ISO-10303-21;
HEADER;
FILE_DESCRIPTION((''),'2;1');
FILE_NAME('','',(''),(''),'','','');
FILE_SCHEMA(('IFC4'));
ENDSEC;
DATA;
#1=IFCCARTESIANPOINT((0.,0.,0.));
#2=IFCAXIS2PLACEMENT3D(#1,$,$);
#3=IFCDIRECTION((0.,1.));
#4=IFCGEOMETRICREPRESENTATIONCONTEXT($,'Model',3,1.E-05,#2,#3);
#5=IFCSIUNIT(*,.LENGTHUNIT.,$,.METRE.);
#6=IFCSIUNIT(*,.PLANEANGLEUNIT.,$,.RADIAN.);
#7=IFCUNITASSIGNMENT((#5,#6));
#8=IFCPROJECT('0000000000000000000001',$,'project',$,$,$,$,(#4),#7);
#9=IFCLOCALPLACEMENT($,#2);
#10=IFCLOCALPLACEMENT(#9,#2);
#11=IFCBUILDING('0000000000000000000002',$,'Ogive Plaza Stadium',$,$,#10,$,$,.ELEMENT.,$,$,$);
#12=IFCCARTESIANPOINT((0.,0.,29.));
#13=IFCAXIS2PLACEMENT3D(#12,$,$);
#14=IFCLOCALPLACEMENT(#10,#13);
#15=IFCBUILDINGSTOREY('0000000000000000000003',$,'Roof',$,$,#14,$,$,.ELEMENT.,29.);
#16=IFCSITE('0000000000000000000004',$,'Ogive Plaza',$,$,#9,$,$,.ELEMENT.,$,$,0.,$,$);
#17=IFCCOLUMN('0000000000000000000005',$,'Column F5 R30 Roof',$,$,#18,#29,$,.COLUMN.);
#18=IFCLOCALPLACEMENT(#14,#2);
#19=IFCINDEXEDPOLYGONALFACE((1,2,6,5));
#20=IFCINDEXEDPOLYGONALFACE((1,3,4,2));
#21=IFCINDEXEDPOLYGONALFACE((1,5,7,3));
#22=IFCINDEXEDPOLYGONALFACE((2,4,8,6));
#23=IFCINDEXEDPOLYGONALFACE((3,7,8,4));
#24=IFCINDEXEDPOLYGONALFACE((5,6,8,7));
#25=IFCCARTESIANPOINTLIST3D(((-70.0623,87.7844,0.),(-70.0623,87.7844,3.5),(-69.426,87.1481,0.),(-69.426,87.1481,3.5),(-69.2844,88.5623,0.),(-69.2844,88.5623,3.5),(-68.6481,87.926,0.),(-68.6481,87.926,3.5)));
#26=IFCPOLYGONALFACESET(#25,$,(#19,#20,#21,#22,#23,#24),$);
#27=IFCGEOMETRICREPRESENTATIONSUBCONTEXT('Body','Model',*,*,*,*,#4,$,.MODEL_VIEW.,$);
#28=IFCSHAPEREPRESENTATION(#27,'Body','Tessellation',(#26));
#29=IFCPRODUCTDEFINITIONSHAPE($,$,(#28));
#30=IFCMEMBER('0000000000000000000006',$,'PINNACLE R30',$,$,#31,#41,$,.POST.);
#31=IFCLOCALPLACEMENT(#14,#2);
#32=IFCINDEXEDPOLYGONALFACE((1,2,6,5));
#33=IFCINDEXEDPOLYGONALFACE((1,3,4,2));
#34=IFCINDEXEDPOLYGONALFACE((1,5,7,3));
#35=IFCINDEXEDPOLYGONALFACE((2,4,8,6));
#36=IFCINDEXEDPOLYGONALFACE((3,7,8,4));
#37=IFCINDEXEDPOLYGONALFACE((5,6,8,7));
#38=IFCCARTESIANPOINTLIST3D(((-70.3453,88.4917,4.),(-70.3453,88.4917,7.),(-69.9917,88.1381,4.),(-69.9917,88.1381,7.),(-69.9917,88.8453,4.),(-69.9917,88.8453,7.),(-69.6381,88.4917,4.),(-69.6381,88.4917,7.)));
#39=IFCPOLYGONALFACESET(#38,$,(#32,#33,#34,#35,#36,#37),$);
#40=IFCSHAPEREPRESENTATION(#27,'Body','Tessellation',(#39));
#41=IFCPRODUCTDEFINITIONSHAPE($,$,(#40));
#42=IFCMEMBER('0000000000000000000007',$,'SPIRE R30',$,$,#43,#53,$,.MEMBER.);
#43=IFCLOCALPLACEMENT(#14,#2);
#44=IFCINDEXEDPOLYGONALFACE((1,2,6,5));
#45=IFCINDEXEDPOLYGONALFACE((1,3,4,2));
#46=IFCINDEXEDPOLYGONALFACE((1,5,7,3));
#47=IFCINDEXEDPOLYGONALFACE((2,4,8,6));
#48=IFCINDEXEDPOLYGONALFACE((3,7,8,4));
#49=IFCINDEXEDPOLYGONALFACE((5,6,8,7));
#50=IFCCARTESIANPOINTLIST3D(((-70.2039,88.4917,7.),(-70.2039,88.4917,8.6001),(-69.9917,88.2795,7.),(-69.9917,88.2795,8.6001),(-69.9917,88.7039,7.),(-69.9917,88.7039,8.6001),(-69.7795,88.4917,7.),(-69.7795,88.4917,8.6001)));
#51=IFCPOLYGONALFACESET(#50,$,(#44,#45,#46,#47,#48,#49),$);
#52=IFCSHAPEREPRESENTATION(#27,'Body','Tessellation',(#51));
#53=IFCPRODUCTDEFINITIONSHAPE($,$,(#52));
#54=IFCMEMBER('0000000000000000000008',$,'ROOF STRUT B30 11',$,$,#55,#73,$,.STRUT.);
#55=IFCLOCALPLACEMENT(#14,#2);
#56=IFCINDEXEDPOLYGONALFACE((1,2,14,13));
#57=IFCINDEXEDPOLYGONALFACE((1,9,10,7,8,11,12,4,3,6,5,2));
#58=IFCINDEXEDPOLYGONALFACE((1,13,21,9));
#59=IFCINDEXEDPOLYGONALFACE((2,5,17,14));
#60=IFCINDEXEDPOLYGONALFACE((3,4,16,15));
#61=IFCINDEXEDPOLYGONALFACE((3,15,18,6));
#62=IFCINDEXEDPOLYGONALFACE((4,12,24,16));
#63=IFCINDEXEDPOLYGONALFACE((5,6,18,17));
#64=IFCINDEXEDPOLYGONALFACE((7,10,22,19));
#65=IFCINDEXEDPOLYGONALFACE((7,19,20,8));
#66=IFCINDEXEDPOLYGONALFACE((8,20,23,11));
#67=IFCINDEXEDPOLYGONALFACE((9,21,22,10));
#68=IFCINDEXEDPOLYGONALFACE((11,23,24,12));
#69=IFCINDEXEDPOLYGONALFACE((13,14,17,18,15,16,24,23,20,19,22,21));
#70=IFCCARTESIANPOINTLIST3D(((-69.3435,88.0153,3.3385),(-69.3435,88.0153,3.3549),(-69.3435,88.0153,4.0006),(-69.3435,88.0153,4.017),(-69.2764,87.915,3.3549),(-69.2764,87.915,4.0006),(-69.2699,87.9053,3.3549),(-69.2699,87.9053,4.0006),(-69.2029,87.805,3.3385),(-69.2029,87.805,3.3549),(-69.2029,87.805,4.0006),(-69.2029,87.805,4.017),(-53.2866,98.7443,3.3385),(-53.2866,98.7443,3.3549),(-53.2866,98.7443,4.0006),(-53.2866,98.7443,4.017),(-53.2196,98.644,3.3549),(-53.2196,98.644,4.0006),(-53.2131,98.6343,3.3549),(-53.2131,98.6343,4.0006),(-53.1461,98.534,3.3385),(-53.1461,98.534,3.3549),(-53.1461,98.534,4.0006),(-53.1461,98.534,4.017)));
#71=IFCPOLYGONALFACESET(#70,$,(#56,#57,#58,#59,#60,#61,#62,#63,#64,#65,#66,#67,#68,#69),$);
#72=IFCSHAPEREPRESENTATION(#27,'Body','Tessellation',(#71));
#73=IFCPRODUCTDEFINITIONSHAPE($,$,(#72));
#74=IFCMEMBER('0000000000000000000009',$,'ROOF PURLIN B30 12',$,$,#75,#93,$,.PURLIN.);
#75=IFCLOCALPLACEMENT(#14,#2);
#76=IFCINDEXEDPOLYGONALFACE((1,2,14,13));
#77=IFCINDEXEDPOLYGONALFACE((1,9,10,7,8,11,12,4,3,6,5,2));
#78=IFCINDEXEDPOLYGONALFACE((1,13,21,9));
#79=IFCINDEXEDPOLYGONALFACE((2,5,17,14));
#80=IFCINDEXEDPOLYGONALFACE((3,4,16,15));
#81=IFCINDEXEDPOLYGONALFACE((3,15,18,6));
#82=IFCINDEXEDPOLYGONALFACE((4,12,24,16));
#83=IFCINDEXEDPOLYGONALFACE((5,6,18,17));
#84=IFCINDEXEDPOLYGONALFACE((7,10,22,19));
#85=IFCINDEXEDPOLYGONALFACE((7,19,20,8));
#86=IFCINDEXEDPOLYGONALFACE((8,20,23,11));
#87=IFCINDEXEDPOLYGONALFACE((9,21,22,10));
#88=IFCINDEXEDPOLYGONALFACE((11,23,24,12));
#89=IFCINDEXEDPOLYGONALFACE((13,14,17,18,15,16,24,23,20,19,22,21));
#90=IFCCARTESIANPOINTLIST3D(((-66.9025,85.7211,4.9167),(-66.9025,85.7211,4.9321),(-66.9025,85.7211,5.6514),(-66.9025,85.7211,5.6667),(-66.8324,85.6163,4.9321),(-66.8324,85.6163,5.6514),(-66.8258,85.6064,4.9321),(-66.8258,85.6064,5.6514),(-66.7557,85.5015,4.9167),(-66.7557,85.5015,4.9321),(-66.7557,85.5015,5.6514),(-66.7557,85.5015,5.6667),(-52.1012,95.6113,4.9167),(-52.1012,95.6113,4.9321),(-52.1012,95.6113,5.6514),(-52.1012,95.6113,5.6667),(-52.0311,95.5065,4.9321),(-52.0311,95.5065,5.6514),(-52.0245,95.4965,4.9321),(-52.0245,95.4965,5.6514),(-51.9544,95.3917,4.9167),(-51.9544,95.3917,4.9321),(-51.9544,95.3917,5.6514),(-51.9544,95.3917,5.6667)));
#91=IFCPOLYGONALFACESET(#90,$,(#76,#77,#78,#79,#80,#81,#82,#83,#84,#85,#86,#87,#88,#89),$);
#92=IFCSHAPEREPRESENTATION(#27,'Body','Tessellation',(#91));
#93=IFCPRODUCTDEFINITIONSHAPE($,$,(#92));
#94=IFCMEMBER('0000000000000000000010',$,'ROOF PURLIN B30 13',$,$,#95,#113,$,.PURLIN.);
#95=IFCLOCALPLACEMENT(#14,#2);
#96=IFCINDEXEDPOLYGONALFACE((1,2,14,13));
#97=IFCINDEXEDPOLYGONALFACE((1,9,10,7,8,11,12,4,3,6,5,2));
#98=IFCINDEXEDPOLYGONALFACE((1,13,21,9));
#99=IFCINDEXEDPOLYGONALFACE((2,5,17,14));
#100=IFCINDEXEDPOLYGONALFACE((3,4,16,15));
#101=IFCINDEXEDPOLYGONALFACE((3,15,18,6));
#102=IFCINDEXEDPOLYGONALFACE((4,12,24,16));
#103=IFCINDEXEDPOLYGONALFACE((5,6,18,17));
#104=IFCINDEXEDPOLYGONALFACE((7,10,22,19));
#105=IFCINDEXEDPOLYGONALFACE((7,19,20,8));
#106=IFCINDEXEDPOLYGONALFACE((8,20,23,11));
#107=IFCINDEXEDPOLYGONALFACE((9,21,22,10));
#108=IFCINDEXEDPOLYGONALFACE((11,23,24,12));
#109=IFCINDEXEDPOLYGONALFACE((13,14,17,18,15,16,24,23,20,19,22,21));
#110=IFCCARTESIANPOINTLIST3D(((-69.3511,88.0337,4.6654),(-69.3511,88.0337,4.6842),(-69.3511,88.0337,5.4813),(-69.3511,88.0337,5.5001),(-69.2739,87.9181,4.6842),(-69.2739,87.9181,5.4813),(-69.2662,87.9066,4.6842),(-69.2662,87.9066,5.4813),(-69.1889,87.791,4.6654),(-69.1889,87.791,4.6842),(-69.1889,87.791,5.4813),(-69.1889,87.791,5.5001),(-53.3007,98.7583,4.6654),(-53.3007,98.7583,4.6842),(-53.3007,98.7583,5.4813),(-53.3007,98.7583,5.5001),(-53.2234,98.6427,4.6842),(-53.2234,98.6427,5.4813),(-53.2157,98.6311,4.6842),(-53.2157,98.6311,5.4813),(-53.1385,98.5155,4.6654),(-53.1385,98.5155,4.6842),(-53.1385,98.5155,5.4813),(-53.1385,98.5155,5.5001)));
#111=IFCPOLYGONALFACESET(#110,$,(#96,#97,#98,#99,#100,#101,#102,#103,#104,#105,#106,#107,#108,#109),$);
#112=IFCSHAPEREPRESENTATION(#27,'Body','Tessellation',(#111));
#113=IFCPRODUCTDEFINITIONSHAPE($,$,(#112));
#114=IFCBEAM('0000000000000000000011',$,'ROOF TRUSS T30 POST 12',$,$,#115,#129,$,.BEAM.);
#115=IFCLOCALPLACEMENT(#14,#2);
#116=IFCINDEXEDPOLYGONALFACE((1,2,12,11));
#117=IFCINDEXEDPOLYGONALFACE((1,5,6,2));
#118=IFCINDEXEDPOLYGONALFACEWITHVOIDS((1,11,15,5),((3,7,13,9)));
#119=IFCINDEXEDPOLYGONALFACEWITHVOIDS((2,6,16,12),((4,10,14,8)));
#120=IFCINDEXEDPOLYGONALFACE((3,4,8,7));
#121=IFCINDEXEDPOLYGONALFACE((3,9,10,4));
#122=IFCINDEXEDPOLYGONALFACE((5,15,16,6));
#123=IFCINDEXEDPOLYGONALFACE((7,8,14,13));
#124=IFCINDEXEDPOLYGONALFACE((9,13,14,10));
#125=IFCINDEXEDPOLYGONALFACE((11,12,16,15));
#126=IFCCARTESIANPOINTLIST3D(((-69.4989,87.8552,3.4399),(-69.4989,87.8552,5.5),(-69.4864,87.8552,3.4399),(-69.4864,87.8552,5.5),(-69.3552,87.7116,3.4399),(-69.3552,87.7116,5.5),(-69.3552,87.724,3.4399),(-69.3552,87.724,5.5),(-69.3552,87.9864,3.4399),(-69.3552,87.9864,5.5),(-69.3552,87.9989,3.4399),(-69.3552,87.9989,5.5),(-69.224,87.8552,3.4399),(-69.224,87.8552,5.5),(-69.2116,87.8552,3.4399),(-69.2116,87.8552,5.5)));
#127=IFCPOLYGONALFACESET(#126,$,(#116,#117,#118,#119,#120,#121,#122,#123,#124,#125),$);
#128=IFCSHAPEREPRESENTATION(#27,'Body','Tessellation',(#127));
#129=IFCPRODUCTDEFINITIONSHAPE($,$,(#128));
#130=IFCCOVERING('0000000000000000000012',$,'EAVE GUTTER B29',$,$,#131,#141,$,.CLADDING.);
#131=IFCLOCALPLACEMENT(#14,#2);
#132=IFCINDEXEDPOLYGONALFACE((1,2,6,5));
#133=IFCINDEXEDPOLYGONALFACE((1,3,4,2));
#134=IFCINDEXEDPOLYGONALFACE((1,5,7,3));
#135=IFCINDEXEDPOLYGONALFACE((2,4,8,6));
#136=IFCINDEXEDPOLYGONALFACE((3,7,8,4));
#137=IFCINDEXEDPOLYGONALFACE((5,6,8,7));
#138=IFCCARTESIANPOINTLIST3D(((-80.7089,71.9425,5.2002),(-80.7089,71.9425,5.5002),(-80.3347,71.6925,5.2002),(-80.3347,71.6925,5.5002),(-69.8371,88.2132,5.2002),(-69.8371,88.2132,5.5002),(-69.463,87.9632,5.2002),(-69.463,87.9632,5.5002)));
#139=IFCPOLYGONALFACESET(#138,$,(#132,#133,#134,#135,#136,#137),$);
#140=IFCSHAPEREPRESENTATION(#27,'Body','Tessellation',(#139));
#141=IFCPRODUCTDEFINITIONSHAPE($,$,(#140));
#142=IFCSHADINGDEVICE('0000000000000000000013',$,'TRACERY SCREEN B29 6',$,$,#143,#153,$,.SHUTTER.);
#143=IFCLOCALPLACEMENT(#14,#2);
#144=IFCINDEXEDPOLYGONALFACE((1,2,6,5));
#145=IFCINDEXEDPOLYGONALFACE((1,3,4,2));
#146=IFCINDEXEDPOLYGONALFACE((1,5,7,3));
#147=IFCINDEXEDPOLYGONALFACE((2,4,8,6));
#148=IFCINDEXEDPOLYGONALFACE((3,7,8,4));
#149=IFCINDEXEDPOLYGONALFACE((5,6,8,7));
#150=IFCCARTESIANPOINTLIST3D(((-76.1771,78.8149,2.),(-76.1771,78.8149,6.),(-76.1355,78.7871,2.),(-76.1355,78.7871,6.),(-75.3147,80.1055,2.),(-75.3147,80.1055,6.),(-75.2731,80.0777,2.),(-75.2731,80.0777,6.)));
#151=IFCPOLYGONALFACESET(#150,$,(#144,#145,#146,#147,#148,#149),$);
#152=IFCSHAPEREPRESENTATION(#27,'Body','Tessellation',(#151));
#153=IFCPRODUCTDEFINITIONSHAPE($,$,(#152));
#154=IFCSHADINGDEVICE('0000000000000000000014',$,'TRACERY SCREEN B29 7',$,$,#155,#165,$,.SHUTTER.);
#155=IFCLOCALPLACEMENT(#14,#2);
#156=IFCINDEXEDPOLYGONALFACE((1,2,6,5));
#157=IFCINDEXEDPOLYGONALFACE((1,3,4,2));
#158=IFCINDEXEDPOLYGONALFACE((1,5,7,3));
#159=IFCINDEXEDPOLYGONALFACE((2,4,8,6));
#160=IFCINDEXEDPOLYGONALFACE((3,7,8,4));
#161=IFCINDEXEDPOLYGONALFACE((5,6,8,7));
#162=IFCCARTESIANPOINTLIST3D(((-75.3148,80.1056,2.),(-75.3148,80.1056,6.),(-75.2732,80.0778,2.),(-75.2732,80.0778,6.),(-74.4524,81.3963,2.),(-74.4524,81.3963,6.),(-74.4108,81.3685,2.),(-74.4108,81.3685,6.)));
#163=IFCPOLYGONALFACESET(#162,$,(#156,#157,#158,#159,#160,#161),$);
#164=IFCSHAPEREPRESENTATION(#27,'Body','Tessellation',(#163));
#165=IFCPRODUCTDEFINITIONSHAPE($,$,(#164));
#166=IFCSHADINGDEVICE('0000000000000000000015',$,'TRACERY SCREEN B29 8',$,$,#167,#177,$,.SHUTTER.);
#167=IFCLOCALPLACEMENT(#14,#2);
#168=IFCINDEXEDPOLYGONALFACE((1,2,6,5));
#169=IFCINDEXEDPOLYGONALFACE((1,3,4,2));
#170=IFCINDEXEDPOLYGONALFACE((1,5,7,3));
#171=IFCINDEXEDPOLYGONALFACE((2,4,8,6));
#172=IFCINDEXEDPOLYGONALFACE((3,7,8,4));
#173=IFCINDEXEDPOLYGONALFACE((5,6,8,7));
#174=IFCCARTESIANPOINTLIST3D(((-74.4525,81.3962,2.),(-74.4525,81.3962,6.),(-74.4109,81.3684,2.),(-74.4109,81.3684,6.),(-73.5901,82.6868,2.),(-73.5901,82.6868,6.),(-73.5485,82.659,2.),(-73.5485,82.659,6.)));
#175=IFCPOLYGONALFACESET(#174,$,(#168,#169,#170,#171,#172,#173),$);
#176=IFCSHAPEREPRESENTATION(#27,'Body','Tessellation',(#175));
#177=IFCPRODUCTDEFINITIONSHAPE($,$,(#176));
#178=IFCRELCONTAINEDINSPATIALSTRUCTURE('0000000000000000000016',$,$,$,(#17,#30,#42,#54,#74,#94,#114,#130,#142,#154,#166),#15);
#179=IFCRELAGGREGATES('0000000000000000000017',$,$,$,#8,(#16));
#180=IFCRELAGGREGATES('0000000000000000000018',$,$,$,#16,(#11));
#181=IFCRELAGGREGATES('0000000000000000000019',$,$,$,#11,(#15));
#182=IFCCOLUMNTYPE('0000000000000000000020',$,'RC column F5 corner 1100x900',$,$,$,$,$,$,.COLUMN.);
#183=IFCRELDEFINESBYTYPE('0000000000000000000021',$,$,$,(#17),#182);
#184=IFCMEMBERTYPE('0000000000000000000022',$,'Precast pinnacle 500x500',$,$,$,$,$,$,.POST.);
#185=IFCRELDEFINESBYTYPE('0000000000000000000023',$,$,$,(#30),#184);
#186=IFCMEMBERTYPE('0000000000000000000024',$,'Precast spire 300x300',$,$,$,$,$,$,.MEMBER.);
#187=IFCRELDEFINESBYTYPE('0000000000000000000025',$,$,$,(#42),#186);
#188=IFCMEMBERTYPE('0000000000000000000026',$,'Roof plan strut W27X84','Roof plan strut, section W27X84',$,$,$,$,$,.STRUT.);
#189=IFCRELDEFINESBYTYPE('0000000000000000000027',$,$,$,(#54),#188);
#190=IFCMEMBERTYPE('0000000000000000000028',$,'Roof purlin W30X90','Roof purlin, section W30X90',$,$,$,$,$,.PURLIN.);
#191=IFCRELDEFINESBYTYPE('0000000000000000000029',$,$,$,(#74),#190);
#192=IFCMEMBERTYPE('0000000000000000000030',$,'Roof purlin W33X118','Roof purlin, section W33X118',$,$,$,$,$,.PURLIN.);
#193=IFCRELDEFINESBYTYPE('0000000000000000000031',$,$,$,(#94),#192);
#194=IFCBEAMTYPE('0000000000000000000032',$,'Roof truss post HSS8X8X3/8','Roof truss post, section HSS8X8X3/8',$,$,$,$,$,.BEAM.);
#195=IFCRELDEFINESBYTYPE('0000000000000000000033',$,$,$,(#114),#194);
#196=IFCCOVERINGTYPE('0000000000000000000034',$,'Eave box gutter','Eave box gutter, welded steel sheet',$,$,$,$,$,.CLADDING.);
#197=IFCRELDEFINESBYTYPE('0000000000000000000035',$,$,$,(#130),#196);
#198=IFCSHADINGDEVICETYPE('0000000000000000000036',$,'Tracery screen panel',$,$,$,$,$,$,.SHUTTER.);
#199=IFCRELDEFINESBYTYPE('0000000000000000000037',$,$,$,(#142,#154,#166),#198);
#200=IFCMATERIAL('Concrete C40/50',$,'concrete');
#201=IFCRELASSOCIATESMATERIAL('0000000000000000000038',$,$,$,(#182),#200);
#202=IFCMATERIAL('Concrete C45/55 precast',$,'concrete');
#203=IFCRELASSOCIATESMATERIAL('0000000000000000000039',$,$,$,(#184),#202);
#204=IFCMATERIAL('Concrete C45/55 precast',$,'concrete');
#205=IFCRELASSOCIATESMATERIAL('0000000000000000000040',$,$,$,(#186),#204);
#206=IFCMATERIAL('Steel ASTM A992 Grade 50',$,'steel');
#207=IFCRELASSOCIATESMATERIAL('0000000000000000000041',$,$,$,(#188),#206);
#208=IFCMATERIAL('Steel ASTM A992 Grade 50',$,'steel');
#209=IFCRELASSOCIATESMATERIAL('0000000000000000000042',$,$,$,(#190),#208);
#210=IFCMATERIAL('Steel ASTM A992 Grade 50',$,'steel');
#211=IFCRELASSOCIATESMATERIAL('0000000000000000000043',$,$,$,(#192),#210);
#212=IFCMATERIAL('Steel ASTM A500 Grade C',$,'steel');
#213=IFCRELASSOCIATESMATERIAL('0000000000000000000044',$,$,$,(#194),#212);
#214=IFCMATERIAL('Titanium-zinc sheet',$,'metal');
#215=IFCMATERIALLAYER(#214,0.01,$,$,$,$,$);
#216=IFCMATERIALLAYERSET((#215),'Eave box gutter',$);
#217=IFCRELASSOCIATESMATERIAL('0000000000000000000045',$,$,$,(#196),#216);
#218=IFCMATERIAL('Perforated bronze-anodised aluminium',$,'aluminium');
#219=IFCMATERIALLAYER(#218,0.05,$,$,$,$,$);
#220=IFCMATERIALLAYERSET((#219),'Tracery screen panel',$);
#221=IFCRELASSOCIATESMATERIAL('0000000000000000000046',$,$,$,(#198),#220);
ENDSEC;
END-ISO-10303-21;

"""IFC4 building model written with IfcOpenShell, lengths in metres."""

from ifc_helpers import new_model, si_unit, direction, frame, origin, origin_2d, place, context, subcontext, project, spatial, rectangle, hollow_rectangle, i_section, extrude, material, layer, layer_set, material_profile, profile_set, type_object, element, save


model = new_model("IFC4")

# Units and contexts
model_context = context("Model", 3, precision=1e-05, world=origin(), true_north=direction((0.0, 1.0)))
body_context = subcontext(model_context, "Body", "Model", "MODEL_VIEW")
ifc_project = project(units=[si_unit("LENGTHUNIT", "METRE"), si_unit("PLANEANGLEUNIT", "RADIAN")], contexts=[model_context])

# Site, building, storey
site_placement = place(None, origin())
site = spatial("IfcSite", under=ifc_project, at=site_placement, Name="Ogive Plaza", CompositionType="ELEMENT", RefElevation=0.0)
building_placement = place(site_placement, origin())
building = spatial("IfcBuilding", under=site, at=building_placement, Name="Ogive Plaza Stadium", CompositionType="ELEMENT")
storey_placement = place(building_placement, frame((0.0, 0.0, 29.0)))
storey = spatial("IfcBuildingStorey", under=building, at=storey_placement, Name="Roof", CompositionType="ELEMENT", Elevation=29.0)

# Column
ifc_material_1 = material(Name="Concrete C40/50", Category="concrete")
ifc_material_profile_1 = material_profile(ifc_material_1, rectangle(XDim=1.1001, YDim=0.8999, at=origin_2d()), Name="RC 1100x900")
ifc_profile_set_1 = profile_set([ifc_material_profile_1], Name="Concrete C40/50")
column_type = type_object("IfcColumnType", Name="RC column F5 corner 1100x900", PredefinedType="COLUMN", material=ifc_profile_set_1)
column_placement = place(storey_placement, frame((-69.3552, 87.8552, 0.0), z_axis=(0.0, 0.0, 1.0), x_axis=(-0.707107, -0.707107, 0.0)))
element("IfcColumn", 1, at=column_placement, inside=storey, type_object=column_type, Name="Column F5 R30 Roof", PredefinedType="COLUMN", context=body_context, shape_type="SweptSolid", body=[
    extrude(rectangle(XDim=1.1001, YDim=0.8999, at=origin_2d()), origin(), (0.0, 0.0, 1.0), 3.5),
])

# Members
ifc_material_2 = material(Name="Concrete C45/55 precast", Category="concrete")
ifc_material_profile_2 = material_profile(ifc_material_2, rectangle(XDim=0.5, YDim=0.5, at=origin_2d()), Name="RC 500x500")
ifc_profile_set_2 = profile_set([ifc_material_profile_2], Name="Concrete C45/55 precast")
member_type_1 = type_object("IfcMemberType", Name="Precast pinnacle 500x500", PredefinedType="POST", material=ifc_profile_set_2)
member_1_placement = place(storey_placement, frame((-69.9917, 88.4917, 4.0), z_axis=(0.0, 0.0, 1.0), x_axis=(-0.707107, -0.707107, 0.0)))
element("IfcMember", 2, at=member_1_placement, inside=storey, type_object=member_type_1, Name="PINNACLE R30", PredefinedType="POST", context=body_context, shape_type="SweptSolid", body=[
    extrude(rectangle(XDim=0.5, YDim=0.5, at=origin_2d()), origin(), (0.0, 0.0, 1.0), 3.0),
])
ifc_material_3 = material(Name="Concrete C45/55 precast", Category="concrete")
ifc_material_profile_3 = material_profile(ifc_material_3, rectangle(XDim=0.3, YDim=0.3, at=origin_2d()), Name="RC 300x300")
ifc_profile_set_3 = profile_set([ifc_material_profile_3], Name="Concrete C45/55 precast")
member_type_2 = type_object("IfcMemberType", Name="Precast spire 300x300", PredefinedType="MEMBER", material=ifc_profile_set_3)
member_2_placement = place(storey_placement, frame((-69.9917, 88.4917, 7.0), z_axis=(0.0, 0.0, 1.0), x_axis=(-0.707107, -0.707107, 0.0)))
element("IfcMember", 3, at=member_2_placement, inside=storey, type_object=member_type_2, Name="SPIRE R30", PredefinedType="MEMBER", context=body_context, shape_type="SweptSolid", body=[
    extrude(rectangle(XDim=0.3, YDim=0.3, at=origin_2d()), origin(), (0.0, 0.0, 1.0), 1.6001),
])
ifc_material_4 = material(Name="Steel ASTM A992 Grade 50", Category="steel")
ifc_material_profile_4 = material_profile(ifc_material_4, i_section(OverallWidth=0.2529, OverallDepth=0.6785, WebThickness=0.0117, FlangeThickness=0.0164, at=origin_2d()), Name="W27X84")
ifc_profile_set_4 = profile_set([ifc_material_profile_4], Name="Steel ASTM A992 Grade 50")
member_type_3 = type_object("IfcMemberType", Name="Roof plan strut W27X84", Description="Roof plan strut, section W27X84", PredefinedType="STRUT", material=ifc_profile_set_4)
member_3_placement = place(storey_placement, frame((-69.2732, 87.9102, 3.6777), z_axis=(0.831466, 0.555575, 0.0), x_axis=(-0.555575, 0.831466, 0.0)))
element("IfcMember", 4, at=member_3_placement, inside=storey, type_object=member_type_3, Name="ROOF STRUT B30 11", PredefinedType="STRUT", context=body_context, shape_type="SweptSolid", body=[
    extrude(i_section(OverallWidth=0.2529, OverallDepth=0.6785, WebThickness=0.0117, FlangeThickness=0.0164, at=origin_2d()), origin(), (0.0, 0.0, 1.0), 19.3115),
])
ifc_material_5 = material(Name="Steel ASTM A992 Grade 50", Category="steel")
ifc_material_profile_5 = material_profile(ifc_material_5, i_section(OverallWidth=0.2642, OverallDepth=0.75, WebThickness=0.012, FlangeThickness=0.0154, at=origin_2d()), Name="W30X90")
ifc_profile_set_5 = profile_set([ifc_material_profile_5], Name="Steel ASTM A992 Grade 50")
member_type_4 = type_object("IfcMemberType", Name="Roof purlin W30X90", Description="Roof purlin, section W30X90", PredefinedType="PURLIN", material=ifc_profile_set_5)
member_4_placement = place(storey_placement, frame((-66.8291, 85.6113, 5.2917), z_axis=(0.831463, 0.55558, 0.0), x_axis=(-0.55558, 0.831463, 0.0)))
element("IfcMember", 5, at=member_4_placement, inside=storey, type_object=member_type_4, Name="ROOF PURLIN B30 12", PredefinedType="PURLIN", context=body_context, shape_type="SweptSolid", body=[
    extrude(i_section(OverallWidth=0.2642, OverallDepth=0.75, WebThickness=0.012, FlangeThickness=0.0154, at=origin_2d()), origin(), (0.0, 0.0, 1.0), 17.8015),
])
ifc_material_6 = material(Name="Steel ASTM A992 Grade 50", Category="steel")
ifc_material_profile_6 = material_profile(ifc_material_6, i_section(OverallWidth=0.292, OverallDepth=0.8347, WebThickness=0.0139, FlangeThickness=0.0188, at=origin_2d()), Name="W33X118")
ifc_profile_set_6 = profile_set([ifc_material_profile_6], Name="Steel ASTM A992 Grade 50")
member_type_5 = type_object("IfcMemberType", Name="Roof purlin W33X118", Description="Roof purlin, section W33X118", PredefinedType="PURLIN", material=ifc_profile_set_6)
member_5_placement = place(storey_placement, frame((-69.27, 87.9124, 5.0828), z_axis=(0.83147, 0.55557, 0.0), x_axis=(-0.55557, 0.83147, 0.0)))
element("IfcMember", 6, at=member_5_placement, inside=storey, type_object=member_type_5, Name="ROOF PURLIN B30 13", PredefinedType="PURLIN", context=body_context, shape_type="SweptSolid", body=[
    extrude(i_section(OverallWidth=0.292, OverallDepth=0.8347, WebThickness=0.0139, FlangeThickness=0.0188, at=origin_2d()), origin(), (0.0, 0.0, 1.0), 19.3037),
])

# Beam
ifc_material_7 = material(Name="Steel ASTM A500 Grade C", Category="steel")
ifc_material_profile_7 = material_profile(ifc_material_7, hollow_rectangle(XDim=0.2031, YDim=0.2031, WallThickness=0.0088, at=origin_2d()), Name="HSS8X8X3/8")
ifc_profile_set_7 = profile_set([ifc_material_profile_7], Name="Steel ASTM A500 Grade C")
beam_type = type_object("IfcBeamType", Name="Roof truss post HSS8X8X3/8", Description="Roof truss post, section HSS8X8X3/8", PredefinedType="BEAM", material=ifc_profile_set_7)
beam_placement = place(storey_placement, frame((-69.3552, 87.8552, 3.4399), z_axis=(0.0, 0.0, 1.0), x_axis=(-0.707107, -0.707107, 0.0)))
element("IfcBeam", 7, at=beam_placement, inside=storey, type_object=beam_type, Name="ROOF TRUSS T30 POST 12", PredefinedType="BEAM", context=body_context, shape_type="SweptSolid", body=[
    extrude(hollow_rectangle(XDim=0.2031, YDim=0.2031, WallThickness=0.0088, at=origin_2d()), origin(), (0.0, 0.0, 1.0), 2.0601),
])

# Covering
ifc_material_8 = material(Name="Titanium-zinc sheet", Category="metal")
ifc_layer_1 = layer(ifc_material_8, 0.01)
ifc_layer_set_1 = layer_set([ifc_layer_1], Name="Eave box gutter")
covering_type = type_object("IfcCoveringType", Name="Eave box gutter", Description="Eave box gutter, welded steel sheet", PredefinedType="CLADDING", material=ifc_layer_set_1)
covering_placement = place(storey_placement, frame((-75.0859, 79.9529, 5.2002), z_axis=(0.0, 0.0, 1.0), x_axis=(0.55557, 0.83147, 0.0)))
element("IfcCovering", 8, at=covering_placement, inside=storey, type_object=covering_type, Name="EAVE GUTTER B29", PredefinedType="CLADDING", context=body_context, shape_type="SweptSolid", body=[
    extrude(rectangle(XDim=19.5686, YDim=0.45, at=origin_2d()), origin(), (0.0, 0.0, 1.0), 0.3),
])

# Shading devices
ifc_material_9 = material(Name="Perforated bronze-anodised aluminium", Category="aluminium")
ifc_layer_2 = layer(ifc_material_9, 0.05)
ifc_layer_set_2 = layer_set([ifc_layer_2], Name="Tracery screen panel")
shading_device_type = type_object("IfcShadingDeviceType", Name="Tracery screen panel", PredefinedType="SHUTTER", material=ifc_layer_set_2)
for number, where, z_axis, x_axis, name in (
    (9, (-75.7251, 79.4463, 2.0), (0.0, 0.0, 1.0), (0.55557, 0.83147, 0.0), "TRACERY SCREEN B29 6"),
    (10, (-74.8628, 80.7371, 2.0), (0.0, 0.0, 1.0), (0.55557, 0.83147, 0.0), "TRACERY SCREEN B29 7"),
    (11, (-74.0005, 82.0276, 2.0), (0.0, 0.0, 1.0), (0.55557, 0.83147, 0.0), "TRACERY SCREEN B29 8"),
):
    element("IfcShadingDevice", number, at=place(storey_placement, frame(where, z_axis=z_axis, x_axis=x_axis)), inside=storey, type_object=shading_device_type, Name=name, PredefinedType="SHUTTER", context=body_context, shape_type="SweptSolid", body=[
        extrude(rectangle(XDim=1.5522, YDim=0.05, at=origin_2d()), origin(), (0.0, 0.0, 1.0), 4.0),
    ])

save(model, "model.ifc")
